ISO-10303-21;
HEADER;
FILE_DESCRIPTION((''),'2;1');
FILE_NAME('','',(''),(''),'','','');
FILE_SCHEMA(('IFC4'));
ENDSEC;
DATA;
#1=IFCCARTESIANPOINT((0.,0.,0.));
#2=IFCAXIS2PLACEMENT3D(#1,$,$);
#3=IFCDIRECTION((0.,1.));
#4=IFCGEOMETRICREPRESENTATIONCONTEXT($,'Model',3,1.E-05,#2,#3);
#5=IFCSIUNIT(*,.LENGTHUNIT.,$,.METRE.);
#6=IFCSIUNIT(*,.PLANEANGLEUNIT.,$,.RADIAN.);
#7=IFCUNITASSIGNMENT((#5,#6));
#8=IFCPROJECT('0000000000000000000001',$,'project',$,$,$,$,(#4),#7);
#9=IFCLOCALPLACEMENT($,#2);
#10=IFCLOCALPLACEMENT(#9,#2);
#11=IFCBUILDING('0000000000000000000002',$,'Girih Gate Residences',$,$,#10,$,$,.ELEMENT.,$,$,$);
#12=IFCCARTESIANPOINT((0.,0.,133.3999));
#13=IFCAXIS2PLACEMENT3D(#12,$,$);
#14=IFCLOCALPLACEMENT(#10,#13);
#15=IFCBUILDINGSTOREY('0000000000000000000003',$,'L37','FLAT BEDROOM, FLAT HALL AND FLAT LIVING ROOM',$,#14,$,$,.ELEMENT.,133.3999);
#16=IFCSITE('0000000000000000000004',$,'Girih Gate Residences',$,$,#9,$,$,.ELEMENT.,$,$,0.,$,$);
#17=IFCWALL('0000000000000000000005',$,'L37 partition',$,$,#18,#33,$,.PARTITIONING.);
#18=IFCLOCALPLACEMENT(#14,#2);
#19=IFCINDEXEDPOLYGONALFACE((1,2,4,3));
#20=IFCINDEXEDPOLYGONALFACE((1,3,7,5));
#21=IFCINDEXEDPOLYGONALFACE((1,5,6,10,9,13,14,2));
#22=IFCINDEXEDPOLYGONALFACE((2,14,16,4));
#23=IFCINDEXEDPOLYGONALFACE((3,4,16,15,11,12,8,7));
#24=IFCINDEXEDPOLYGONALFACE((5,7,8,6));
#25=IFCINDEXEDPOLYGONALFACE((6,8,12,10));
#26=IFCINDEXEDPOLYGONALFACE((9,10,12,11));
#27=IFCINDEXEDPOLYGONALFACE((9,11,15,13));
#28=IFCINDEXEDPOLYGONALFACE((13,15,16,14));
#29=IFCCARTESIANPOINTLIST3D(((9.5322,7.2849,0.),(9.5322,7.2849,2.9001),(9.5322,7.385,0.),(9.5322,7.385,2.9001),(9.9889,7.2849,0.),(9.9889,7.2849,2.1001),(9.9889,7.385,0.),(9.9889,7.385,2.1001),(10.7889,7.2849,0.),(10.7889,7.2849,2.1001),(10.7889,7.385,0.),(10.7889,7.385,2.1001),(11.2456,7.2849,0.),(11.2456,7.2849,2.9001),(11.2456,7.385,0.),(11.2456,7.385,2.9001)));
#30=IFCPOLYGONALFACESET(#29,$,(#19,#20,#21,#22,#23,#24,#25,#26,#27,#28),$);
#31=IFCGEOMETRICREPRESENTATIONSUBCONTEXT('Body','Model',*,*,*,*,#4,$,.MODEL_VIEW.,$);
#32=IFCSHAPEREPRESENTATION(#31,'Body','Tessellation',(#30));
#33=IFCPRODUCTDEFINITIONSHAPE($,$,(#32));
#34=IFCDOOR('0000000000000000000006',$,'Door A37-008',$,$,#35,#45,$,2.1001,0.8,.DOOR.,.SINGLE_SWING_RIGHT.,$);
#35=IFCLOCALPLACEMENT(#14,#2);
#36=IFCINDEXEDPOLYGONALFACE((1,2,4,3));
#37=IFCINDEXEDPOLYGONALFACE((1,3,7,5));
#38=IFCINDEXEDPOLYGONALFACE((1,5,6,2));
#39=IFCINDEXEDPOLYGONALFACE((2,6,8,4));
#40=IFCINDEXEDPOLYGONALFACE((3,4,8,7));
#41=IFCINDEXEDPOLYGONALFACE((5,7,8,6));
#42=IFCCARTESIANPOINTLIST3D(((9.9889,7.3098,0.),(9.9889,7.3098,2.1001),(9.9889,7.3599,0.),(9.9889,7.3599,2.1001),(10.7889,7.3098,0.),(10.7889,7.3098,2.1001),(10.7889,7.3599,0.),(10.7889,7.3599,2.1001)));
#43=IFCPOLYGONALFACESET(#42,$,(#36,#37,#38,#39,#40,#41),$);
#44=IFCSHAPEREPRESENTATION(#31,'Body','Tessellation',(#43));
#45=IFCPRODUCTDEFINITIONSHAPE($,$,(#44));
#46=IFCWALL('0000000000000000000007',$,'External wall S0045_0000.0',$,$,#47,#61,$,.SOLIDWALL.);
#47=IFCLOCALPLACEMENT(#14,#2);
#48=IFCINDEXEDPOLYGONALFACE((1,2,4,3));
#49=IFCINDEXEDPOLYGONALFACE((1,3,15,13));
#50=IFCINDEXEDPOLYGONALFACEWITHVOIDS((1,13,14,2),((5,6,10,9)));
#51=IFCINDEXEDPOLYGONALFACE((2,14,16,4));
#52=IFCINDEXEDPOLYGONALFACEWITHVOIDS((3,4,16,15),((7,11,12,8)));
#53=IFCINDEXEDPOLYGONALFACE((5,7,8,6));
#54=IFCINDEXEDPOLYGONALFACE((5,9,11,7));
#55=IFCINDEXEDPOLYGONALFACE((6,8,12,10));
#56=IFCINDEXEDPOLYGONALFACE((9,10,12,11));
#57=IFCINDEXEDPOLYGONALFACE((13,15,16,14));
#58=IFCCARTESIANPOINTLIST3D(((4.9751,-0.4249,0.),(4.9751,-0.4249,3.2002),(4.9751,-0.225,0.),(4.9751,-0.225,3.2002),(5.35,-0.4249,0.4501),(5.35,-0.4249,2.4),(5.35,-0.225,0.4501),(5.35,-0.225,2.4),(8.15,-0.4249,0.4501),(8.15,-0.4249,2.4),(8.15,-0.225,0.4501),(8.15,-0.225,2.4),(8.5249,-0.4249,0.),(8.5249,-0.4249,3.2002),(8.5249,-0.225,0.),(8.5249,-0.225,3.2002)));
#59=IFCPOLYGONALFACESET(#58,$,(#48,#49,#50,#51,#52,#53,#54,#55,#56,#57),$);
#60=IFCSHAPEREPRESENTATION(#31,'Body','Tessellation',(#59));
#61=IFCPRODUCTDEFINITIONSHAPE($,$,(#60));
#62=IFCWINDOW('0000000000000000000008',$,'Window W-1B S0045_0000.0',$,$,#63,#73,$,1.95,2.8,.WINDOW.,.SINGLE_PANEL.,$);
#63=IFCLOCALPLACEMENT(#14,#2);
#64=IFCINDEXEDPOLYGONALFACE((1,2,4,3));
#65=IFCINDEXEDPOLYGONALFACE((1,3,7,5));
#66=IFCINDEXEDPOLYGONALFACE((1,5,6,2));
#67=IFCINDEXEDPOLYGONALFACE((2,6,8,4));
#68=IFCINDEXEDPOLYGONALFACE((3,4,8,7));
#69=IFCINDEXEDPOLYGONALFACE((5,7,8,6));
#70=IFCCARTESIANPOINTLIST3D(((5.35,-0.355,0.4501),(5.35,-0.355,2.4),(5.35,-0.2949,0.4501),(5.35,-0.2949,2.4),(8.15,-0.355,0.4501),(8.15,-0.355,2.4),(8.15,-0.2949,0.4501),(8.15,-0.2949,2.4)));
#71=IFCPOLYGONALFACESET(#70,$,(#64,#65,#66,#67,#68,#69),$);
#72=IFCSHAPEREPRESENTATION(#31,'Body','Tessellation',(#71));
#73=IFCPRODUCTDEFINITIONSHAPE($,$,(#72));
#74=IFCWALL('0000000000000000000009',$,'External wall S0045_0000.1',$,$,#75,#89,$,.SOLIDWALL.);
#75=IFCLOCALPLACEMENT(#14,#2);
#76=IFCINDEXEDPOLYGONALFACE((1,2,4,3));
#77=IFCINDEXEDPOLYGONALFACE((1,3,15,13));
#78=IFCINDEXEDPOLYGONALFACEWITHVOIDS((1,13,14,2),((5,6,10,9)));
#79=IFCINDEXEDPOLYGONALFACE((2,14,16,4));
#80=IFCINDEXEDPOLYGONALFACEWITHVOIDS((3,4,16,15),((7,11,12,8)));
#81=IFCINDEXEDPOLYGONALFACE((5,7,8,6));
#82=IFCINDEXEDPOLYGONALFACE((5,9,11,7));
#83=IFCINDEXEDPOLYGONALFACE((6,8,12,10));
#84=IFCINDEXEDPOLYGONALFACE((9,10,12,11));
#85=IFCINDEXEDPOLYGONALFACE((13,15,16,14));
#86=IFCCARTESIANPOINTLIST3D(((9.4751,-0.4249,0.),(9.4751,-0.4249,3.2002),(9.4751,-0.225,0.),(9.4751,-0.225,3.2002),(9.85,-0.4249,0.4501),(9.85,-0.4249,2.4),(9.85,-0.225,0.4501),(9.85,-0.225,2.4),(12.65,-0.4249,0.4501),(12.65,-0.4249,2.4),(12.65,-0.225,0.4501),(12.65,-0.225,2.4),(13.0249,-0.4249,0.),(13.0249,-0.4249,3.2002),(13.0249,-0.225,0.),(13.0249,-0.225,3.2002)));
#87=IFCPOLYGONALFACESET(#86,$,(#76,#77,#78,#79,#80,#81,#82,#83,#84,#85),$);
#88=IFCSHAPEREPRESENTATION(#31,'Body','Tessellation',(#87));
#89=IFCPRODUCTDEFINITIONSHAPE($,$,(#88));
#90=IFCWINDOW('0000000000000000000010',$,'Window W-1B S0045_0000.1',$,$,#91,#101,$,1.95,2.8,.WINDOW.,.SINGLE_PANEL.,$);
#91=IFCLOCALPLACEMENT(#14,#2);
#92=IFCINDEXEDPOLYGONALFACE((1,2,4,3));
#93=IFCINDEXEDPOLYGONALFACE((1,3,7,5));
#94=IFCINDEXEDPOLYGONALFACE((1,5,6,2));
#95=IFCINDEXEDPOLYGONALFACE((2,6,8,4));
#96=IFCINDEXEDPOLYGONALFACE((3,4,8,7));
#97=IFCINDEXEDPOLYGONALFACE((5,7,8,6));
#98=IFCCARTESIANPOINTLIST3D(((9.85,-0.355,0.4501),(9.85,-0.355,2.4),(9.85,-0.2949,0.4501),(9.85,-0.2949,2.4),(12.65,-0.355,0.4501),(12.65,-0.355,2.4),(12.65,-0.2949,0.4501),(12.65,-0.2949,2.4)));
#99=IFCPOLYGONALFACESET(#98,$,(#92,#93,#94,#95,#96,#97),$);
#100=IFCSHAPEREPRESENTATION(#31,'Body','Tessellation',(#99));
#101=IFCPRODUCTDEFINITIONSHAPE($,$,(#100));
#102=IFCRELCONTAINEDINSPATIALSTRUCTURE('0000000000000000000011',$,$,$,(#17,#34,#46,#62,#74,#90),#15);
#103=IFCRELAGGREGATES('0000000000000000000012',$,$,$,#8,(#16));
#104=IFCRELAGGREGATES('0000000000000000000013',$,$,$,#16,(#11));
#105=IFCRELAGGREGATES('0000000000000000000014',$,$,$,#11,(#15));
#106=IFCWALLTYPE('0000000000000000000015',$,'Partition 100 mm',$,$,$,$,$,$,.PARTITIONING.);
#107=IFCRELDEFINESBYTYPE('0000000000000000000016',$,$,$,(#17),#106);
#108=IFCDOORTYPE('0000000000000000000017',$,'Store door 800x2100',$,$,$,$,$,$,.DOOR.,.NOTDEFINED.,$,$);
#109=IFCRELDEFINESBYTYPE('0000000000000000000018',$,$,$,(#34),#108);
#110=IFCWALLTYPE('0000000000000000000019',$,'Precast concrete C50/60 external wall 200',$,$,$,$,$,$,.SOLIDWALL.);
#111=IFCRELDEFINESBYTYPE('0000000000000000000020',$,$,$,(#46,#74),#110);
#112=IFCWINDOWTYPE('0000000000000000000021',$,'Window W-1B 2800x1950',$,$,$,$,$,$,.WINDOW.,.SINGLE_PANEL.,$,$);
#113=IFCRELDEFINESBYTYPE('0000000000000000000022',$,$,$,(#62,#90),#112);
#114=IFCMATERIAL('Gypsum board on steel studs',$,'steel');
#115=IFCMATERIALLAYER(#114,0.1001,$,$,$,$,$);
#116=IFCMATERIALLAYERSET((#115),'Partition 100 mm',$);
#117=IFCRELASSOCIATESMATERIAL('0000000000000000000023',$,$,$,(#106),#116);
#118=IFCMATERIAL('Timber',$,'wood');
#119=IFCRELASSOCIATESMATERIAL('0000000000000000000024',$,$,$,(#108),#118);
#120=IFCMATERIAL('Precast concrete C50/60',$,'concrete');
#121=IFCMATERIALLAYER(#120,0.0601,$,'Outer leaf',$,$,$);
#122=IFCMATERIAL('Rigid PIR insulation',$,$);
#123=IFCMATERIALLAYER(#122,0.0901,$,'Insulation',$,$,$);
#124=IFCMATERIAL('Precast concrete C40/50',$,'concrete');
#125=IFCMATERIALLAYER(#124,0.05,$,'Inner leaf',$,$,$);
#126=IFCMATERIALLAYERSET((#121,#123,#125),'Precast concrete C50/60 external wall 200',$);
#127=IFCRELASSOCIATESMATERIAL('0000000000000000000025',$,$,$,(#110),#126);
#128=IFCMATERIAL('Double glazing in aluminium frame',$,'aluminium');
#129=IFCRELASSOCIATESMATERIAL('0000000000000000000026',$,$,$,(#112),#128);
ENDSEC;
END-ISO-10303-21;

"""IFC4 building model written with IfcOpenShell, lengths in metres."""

from ifc_helpers import new_model, si_unit, direction, frame, frame_2d, origin, place, context, subcontext, project, spatial, rectangle, extrude, material, layer, layer_set, type_object, element, fill, save


model = new_model("IFC4")

# Units and contexts
model_context = context("Model", 3, precision=1e-05, world=origin(), true_north=direction((0.0, 1.0)))
body_context = subcontext(model_context, "Body", "Model", "MODEL_VIEW")
ifc_project = project(units=[si_unit("LENGTHUNIT", "METRE"), si_unit("PLANEANGLEUNIT", "RADIAN")], contexts=[model_context])

# Site, building, storey
site_placement = place(None, origin())
site = spatial("IfcSite", under=ifc_project, at=site_placement, Name="Girih Gate Residences", CompositionType="ELEMENT", RefElevation=0.0)
building_placement = place(site_placement, origin())
building = spatial("IfcBuilding", under=site, at=building_placement, Name="Girih Gate Residences", CompositionType="ELEMENT")
storey_placement = place(building_placement, frame((0.0, 0.0, 133.3999)))
storey = spatial("IfcBuildingStorey", under=building, at=storey_placement, Name="L37", Description="FLAT BEDROOM, FLAT HALL AND FLAT LIVING ROOM", CompositionType="ELEMENT", Elevation=133.3999)

# Shared definitions
ifc_material_1 = material(Name="Gypsum board on steel studs", Category="steel")
ifc_layer_1 = layer(ifc_material_1, 0.1001)
ifc_layer_set_1 = layer_set([ifc_layer_1], Name="Partition 100 mm")
wall_type_1 = type_object("IfcWallType", Name="Partition 100 mm", PredefinedType="PARTITIONING", material=ifc_layer_set_1)

# Shared definitions
ifc_material_2 = material(Name="Timber", Category="wood")

# Wall, opening, door
door_type_1 = type_object("IfcDoorType", Name="Store door 800x2100", OperationType="NOTDEFINED", PredefinedType="DOOR", material=ifc_material_2)
wall_1_placement = place(storey_placement, frame((9.5322, 7.335, 0.0), z_axis=(0.0, 0.0, 1.0), x_axis=(1.0, 0.0, 0.0)))
wall_1 = element("IfcWall", 1, at=wall_1_placement, inside=storey, type_object=wall_type_1, Name="L37 partition", PredefinedType="PARTITIONING", context=body_context, shape_type="SweptSolid", body=[
    extrude(rectangle(XDim=1.7134, YDim=0.1001, at=frame_2d((0.8567, 0.0))), origin(), (0.0, 0.0, 1.0), 2.9001),
])
opening_1_placement = place(wall_1_placement, frame((0.4568, 0.0, 0.0)))
opening_1 = element("IfcOpeningElement", 2, at=opening_1_placement, cuts=wall_1, PredefinedType="OPENING", context=body_context, shape_type="SweptSolid", body=[
    extrude(rectangle(XDim=0.8, YDim=2.1001, at=frame_2d((0.3999, 1.05))), frame((0.0, 0.0601, 0.0), z_axis=(0.0, -1.0, 0.0), x_axis=(1.0, 0.0, 0.0)), (0.0, 0.0, 1.0), 0.1201),
])
door_1_placement = place(opening_1_placement, origin())
door_1 = element("IfcDoor", 3, at=door_1_placement, inside=storey, type_object=door_type_1, Name="Door A37-008", OperationType="SINGLE_SWING_RIGHT", OverallHeight=2.1001, OverallWidth=0.8, PredefinedType="DOOR", context=body_context, shape_type="SweptSolid", body=[
    extrude(rectangle(XDim=0.8, YDim=2.1001, at=frame_2d((0.3999, 1.05))), frame((0.0, 0.0249, 0.0), z_axis=(0.0, -1.0, 0.0), x_axis=(1.0, 0.0, 0.0)), (0.0, 0.0, 1.0), 0.05),
])
fill(opening_1, door_1)

# Walls, openings, windows
ifc_material_3 = material(Name="Precast concrete C50/60", Category="concrete")
ifc_layer_2 = layer(ifc_material_3, 0.0601, Name="Outer leaf")
ifc_material_4 = material(Name="Rigid PIR insulation")
ifc_layer_3 = layer(ifc_material_4, 0.0901, Name="Insulation")
ifc_material_5 = material(Name="Precast concrete C40/50", Category="concrete")
ifc_layer_4 = layer(ifc_material_5, 0.05, Name="Inner leaf")
ifc_layer_set_2 = layer_set([ifc_layer_2, ifc_layer_3, ifc_layer_4], Name="Precast concrete C50/60 external wall 200")
wall_type_2 = type_object("IfcWallType", Name="Precast concrete C50/60 external wall 200", PredefinedType="SOLIDWALL", material=ifc_layer_set_2)
wall_2_placement = place(storey_placement, frame((8.5249, -0.325, 0.0), z_axis=(0.0, 0.0, 1.0), x_axis=(-1.0, 0.0, 0.0)))
wall_2 = element("IfcWall", 4, at=wall_2_placement, inside=storey, type_object=wall_type_2, Name="External wall S0045_0000.0", PredefinedType="SOLIDWALL", context=body_context, shape_type="SweptSolid", body=[
    extrude(rectangle(XDim=3.5498, YDim=0.2, at=frame_2d((1.7749, 0.0))), origin(), (0.0, 0.0, 1.0), 3.2002),
])
opening_2_placement = place(wall_2_placement, frame((0.375, 0.0, 0.45)))
opening_2 = element("IfcOpeningElement", 5, at=opening_2_placement, cuts=wall_2, PredefinedType="OPENING", context=body_context, shape_type="SweptSolid", body=[
    extrude(rectangle(XDim=2.8, YDim=1.95, at=frame_2d((1.3999, 0.9751))), frame((0.0, 0.1099, 0.0), z_axis=(0.0, -1.0, 0.0), x_axis=(1.0, 0.0, 0.0)), (0.0, 0.0, 1.0), 0.22),
])
ifc_material_6 = material(Name="Double glazing in aluminium frame", Category="aluminium")
window_type = type_object("IfcWindowType", Name="Window W-1B 2800x1950", PartitioningType="SINGLE_PANEL", PredefinedType="WINDOW", material=ifc_material_6)
window_1_placement = place(opening_2_placement, origin())
window_1 = element("IfcWindow", 6, at=window_1_placement, inside=storey, type_object=window_type, Name="Window W-1B S0045_0000.0", OverallHeight=1.95, OverallWidth=2.8, PartitioningType="SINGLE_PANEL", PredefinedType="WINDOW", context=body_context, shape_type="SweptSolid", body=[
    extrude(rectangle(XDim=2.8, YDim=1.95, at=frame_2d((1.3999, 0.9751))), frame((0.0, 0.03, 0.0), z_axis=(0.0, -1.0, 0.0), x_axis=(1.0, 0.0, 0.0)), (0.0, 0.0, 1.0), 0.0601),
])
fill(opening_2, window_1)
wall_3_placement = place(storey_placement, frame((13.0249, -0.325, 0.0), z_axis=(0.0, 0.0, 1.0), x_axis=(-1.0, 0.0, 0.0)))
wall_3 = element("IfcWall", 7, at=wall_3_placement, inside=storey, type_object=wall_type_2, Name="External wall S0045_0000.1", PredefinedType="SOLIDWALL", context=body_context, shape_type="SweptSolid", body=[
    extrude(rectangle(XDim=3.5498, YDim=0.2, at=frame_2d((1.7749, 0.0))), origin(), (0.0, 0.0, 1.0), 3.2002),
])
opening_3_placement = place(wall_3_placement, frame((0.375, 0.0, 0.45)))
opening_3 = element("IfcOpeningElement", 8, at=opening_3_placement, cuts=wall_3, PredefinedType="OPENING", context=body_context, shape_type="SweptSolid", body=[
    extrude(rectangle(XDim=2.8, YDim=1.95, at=frame_2d((1.3999, 0.9751))), frame((0.0, 0.1099, 0.0), z_axis=(0.0, -1.0, 0.0), x_axis=(1.0, 0.0, 0.0)), (0.0, 0.0, 1.0), 0.22),
])
window_2_placement = place(opening_3_placement, origin())
window_2 = element("IfcWindow", 9, at=window_2_placement, inside=storey, type_object=window_type, Name="Window W-1B S0045_0000.1", OverallHeight=1.95, OverallWidth=2.8, PartitioningType="SINGLE_PANEL", PredefinedType="WINDOW", context=body_context, shape_type="SweptSolid", body=[
    extrude(rectangle(XDim=2.8, YDim=1.95, at=frame_2d((1.3999, 0.9751))), frame((0.0, 0.03, 0.0), z_axis=(0.0, -1.0, 0.0), x_axis=(1.0, 0.0, 0.0)), (0.0, 0.0, 1.0), 0.0601),
])
fill(opening_3, window_2)

save(model, "model.ifc")
